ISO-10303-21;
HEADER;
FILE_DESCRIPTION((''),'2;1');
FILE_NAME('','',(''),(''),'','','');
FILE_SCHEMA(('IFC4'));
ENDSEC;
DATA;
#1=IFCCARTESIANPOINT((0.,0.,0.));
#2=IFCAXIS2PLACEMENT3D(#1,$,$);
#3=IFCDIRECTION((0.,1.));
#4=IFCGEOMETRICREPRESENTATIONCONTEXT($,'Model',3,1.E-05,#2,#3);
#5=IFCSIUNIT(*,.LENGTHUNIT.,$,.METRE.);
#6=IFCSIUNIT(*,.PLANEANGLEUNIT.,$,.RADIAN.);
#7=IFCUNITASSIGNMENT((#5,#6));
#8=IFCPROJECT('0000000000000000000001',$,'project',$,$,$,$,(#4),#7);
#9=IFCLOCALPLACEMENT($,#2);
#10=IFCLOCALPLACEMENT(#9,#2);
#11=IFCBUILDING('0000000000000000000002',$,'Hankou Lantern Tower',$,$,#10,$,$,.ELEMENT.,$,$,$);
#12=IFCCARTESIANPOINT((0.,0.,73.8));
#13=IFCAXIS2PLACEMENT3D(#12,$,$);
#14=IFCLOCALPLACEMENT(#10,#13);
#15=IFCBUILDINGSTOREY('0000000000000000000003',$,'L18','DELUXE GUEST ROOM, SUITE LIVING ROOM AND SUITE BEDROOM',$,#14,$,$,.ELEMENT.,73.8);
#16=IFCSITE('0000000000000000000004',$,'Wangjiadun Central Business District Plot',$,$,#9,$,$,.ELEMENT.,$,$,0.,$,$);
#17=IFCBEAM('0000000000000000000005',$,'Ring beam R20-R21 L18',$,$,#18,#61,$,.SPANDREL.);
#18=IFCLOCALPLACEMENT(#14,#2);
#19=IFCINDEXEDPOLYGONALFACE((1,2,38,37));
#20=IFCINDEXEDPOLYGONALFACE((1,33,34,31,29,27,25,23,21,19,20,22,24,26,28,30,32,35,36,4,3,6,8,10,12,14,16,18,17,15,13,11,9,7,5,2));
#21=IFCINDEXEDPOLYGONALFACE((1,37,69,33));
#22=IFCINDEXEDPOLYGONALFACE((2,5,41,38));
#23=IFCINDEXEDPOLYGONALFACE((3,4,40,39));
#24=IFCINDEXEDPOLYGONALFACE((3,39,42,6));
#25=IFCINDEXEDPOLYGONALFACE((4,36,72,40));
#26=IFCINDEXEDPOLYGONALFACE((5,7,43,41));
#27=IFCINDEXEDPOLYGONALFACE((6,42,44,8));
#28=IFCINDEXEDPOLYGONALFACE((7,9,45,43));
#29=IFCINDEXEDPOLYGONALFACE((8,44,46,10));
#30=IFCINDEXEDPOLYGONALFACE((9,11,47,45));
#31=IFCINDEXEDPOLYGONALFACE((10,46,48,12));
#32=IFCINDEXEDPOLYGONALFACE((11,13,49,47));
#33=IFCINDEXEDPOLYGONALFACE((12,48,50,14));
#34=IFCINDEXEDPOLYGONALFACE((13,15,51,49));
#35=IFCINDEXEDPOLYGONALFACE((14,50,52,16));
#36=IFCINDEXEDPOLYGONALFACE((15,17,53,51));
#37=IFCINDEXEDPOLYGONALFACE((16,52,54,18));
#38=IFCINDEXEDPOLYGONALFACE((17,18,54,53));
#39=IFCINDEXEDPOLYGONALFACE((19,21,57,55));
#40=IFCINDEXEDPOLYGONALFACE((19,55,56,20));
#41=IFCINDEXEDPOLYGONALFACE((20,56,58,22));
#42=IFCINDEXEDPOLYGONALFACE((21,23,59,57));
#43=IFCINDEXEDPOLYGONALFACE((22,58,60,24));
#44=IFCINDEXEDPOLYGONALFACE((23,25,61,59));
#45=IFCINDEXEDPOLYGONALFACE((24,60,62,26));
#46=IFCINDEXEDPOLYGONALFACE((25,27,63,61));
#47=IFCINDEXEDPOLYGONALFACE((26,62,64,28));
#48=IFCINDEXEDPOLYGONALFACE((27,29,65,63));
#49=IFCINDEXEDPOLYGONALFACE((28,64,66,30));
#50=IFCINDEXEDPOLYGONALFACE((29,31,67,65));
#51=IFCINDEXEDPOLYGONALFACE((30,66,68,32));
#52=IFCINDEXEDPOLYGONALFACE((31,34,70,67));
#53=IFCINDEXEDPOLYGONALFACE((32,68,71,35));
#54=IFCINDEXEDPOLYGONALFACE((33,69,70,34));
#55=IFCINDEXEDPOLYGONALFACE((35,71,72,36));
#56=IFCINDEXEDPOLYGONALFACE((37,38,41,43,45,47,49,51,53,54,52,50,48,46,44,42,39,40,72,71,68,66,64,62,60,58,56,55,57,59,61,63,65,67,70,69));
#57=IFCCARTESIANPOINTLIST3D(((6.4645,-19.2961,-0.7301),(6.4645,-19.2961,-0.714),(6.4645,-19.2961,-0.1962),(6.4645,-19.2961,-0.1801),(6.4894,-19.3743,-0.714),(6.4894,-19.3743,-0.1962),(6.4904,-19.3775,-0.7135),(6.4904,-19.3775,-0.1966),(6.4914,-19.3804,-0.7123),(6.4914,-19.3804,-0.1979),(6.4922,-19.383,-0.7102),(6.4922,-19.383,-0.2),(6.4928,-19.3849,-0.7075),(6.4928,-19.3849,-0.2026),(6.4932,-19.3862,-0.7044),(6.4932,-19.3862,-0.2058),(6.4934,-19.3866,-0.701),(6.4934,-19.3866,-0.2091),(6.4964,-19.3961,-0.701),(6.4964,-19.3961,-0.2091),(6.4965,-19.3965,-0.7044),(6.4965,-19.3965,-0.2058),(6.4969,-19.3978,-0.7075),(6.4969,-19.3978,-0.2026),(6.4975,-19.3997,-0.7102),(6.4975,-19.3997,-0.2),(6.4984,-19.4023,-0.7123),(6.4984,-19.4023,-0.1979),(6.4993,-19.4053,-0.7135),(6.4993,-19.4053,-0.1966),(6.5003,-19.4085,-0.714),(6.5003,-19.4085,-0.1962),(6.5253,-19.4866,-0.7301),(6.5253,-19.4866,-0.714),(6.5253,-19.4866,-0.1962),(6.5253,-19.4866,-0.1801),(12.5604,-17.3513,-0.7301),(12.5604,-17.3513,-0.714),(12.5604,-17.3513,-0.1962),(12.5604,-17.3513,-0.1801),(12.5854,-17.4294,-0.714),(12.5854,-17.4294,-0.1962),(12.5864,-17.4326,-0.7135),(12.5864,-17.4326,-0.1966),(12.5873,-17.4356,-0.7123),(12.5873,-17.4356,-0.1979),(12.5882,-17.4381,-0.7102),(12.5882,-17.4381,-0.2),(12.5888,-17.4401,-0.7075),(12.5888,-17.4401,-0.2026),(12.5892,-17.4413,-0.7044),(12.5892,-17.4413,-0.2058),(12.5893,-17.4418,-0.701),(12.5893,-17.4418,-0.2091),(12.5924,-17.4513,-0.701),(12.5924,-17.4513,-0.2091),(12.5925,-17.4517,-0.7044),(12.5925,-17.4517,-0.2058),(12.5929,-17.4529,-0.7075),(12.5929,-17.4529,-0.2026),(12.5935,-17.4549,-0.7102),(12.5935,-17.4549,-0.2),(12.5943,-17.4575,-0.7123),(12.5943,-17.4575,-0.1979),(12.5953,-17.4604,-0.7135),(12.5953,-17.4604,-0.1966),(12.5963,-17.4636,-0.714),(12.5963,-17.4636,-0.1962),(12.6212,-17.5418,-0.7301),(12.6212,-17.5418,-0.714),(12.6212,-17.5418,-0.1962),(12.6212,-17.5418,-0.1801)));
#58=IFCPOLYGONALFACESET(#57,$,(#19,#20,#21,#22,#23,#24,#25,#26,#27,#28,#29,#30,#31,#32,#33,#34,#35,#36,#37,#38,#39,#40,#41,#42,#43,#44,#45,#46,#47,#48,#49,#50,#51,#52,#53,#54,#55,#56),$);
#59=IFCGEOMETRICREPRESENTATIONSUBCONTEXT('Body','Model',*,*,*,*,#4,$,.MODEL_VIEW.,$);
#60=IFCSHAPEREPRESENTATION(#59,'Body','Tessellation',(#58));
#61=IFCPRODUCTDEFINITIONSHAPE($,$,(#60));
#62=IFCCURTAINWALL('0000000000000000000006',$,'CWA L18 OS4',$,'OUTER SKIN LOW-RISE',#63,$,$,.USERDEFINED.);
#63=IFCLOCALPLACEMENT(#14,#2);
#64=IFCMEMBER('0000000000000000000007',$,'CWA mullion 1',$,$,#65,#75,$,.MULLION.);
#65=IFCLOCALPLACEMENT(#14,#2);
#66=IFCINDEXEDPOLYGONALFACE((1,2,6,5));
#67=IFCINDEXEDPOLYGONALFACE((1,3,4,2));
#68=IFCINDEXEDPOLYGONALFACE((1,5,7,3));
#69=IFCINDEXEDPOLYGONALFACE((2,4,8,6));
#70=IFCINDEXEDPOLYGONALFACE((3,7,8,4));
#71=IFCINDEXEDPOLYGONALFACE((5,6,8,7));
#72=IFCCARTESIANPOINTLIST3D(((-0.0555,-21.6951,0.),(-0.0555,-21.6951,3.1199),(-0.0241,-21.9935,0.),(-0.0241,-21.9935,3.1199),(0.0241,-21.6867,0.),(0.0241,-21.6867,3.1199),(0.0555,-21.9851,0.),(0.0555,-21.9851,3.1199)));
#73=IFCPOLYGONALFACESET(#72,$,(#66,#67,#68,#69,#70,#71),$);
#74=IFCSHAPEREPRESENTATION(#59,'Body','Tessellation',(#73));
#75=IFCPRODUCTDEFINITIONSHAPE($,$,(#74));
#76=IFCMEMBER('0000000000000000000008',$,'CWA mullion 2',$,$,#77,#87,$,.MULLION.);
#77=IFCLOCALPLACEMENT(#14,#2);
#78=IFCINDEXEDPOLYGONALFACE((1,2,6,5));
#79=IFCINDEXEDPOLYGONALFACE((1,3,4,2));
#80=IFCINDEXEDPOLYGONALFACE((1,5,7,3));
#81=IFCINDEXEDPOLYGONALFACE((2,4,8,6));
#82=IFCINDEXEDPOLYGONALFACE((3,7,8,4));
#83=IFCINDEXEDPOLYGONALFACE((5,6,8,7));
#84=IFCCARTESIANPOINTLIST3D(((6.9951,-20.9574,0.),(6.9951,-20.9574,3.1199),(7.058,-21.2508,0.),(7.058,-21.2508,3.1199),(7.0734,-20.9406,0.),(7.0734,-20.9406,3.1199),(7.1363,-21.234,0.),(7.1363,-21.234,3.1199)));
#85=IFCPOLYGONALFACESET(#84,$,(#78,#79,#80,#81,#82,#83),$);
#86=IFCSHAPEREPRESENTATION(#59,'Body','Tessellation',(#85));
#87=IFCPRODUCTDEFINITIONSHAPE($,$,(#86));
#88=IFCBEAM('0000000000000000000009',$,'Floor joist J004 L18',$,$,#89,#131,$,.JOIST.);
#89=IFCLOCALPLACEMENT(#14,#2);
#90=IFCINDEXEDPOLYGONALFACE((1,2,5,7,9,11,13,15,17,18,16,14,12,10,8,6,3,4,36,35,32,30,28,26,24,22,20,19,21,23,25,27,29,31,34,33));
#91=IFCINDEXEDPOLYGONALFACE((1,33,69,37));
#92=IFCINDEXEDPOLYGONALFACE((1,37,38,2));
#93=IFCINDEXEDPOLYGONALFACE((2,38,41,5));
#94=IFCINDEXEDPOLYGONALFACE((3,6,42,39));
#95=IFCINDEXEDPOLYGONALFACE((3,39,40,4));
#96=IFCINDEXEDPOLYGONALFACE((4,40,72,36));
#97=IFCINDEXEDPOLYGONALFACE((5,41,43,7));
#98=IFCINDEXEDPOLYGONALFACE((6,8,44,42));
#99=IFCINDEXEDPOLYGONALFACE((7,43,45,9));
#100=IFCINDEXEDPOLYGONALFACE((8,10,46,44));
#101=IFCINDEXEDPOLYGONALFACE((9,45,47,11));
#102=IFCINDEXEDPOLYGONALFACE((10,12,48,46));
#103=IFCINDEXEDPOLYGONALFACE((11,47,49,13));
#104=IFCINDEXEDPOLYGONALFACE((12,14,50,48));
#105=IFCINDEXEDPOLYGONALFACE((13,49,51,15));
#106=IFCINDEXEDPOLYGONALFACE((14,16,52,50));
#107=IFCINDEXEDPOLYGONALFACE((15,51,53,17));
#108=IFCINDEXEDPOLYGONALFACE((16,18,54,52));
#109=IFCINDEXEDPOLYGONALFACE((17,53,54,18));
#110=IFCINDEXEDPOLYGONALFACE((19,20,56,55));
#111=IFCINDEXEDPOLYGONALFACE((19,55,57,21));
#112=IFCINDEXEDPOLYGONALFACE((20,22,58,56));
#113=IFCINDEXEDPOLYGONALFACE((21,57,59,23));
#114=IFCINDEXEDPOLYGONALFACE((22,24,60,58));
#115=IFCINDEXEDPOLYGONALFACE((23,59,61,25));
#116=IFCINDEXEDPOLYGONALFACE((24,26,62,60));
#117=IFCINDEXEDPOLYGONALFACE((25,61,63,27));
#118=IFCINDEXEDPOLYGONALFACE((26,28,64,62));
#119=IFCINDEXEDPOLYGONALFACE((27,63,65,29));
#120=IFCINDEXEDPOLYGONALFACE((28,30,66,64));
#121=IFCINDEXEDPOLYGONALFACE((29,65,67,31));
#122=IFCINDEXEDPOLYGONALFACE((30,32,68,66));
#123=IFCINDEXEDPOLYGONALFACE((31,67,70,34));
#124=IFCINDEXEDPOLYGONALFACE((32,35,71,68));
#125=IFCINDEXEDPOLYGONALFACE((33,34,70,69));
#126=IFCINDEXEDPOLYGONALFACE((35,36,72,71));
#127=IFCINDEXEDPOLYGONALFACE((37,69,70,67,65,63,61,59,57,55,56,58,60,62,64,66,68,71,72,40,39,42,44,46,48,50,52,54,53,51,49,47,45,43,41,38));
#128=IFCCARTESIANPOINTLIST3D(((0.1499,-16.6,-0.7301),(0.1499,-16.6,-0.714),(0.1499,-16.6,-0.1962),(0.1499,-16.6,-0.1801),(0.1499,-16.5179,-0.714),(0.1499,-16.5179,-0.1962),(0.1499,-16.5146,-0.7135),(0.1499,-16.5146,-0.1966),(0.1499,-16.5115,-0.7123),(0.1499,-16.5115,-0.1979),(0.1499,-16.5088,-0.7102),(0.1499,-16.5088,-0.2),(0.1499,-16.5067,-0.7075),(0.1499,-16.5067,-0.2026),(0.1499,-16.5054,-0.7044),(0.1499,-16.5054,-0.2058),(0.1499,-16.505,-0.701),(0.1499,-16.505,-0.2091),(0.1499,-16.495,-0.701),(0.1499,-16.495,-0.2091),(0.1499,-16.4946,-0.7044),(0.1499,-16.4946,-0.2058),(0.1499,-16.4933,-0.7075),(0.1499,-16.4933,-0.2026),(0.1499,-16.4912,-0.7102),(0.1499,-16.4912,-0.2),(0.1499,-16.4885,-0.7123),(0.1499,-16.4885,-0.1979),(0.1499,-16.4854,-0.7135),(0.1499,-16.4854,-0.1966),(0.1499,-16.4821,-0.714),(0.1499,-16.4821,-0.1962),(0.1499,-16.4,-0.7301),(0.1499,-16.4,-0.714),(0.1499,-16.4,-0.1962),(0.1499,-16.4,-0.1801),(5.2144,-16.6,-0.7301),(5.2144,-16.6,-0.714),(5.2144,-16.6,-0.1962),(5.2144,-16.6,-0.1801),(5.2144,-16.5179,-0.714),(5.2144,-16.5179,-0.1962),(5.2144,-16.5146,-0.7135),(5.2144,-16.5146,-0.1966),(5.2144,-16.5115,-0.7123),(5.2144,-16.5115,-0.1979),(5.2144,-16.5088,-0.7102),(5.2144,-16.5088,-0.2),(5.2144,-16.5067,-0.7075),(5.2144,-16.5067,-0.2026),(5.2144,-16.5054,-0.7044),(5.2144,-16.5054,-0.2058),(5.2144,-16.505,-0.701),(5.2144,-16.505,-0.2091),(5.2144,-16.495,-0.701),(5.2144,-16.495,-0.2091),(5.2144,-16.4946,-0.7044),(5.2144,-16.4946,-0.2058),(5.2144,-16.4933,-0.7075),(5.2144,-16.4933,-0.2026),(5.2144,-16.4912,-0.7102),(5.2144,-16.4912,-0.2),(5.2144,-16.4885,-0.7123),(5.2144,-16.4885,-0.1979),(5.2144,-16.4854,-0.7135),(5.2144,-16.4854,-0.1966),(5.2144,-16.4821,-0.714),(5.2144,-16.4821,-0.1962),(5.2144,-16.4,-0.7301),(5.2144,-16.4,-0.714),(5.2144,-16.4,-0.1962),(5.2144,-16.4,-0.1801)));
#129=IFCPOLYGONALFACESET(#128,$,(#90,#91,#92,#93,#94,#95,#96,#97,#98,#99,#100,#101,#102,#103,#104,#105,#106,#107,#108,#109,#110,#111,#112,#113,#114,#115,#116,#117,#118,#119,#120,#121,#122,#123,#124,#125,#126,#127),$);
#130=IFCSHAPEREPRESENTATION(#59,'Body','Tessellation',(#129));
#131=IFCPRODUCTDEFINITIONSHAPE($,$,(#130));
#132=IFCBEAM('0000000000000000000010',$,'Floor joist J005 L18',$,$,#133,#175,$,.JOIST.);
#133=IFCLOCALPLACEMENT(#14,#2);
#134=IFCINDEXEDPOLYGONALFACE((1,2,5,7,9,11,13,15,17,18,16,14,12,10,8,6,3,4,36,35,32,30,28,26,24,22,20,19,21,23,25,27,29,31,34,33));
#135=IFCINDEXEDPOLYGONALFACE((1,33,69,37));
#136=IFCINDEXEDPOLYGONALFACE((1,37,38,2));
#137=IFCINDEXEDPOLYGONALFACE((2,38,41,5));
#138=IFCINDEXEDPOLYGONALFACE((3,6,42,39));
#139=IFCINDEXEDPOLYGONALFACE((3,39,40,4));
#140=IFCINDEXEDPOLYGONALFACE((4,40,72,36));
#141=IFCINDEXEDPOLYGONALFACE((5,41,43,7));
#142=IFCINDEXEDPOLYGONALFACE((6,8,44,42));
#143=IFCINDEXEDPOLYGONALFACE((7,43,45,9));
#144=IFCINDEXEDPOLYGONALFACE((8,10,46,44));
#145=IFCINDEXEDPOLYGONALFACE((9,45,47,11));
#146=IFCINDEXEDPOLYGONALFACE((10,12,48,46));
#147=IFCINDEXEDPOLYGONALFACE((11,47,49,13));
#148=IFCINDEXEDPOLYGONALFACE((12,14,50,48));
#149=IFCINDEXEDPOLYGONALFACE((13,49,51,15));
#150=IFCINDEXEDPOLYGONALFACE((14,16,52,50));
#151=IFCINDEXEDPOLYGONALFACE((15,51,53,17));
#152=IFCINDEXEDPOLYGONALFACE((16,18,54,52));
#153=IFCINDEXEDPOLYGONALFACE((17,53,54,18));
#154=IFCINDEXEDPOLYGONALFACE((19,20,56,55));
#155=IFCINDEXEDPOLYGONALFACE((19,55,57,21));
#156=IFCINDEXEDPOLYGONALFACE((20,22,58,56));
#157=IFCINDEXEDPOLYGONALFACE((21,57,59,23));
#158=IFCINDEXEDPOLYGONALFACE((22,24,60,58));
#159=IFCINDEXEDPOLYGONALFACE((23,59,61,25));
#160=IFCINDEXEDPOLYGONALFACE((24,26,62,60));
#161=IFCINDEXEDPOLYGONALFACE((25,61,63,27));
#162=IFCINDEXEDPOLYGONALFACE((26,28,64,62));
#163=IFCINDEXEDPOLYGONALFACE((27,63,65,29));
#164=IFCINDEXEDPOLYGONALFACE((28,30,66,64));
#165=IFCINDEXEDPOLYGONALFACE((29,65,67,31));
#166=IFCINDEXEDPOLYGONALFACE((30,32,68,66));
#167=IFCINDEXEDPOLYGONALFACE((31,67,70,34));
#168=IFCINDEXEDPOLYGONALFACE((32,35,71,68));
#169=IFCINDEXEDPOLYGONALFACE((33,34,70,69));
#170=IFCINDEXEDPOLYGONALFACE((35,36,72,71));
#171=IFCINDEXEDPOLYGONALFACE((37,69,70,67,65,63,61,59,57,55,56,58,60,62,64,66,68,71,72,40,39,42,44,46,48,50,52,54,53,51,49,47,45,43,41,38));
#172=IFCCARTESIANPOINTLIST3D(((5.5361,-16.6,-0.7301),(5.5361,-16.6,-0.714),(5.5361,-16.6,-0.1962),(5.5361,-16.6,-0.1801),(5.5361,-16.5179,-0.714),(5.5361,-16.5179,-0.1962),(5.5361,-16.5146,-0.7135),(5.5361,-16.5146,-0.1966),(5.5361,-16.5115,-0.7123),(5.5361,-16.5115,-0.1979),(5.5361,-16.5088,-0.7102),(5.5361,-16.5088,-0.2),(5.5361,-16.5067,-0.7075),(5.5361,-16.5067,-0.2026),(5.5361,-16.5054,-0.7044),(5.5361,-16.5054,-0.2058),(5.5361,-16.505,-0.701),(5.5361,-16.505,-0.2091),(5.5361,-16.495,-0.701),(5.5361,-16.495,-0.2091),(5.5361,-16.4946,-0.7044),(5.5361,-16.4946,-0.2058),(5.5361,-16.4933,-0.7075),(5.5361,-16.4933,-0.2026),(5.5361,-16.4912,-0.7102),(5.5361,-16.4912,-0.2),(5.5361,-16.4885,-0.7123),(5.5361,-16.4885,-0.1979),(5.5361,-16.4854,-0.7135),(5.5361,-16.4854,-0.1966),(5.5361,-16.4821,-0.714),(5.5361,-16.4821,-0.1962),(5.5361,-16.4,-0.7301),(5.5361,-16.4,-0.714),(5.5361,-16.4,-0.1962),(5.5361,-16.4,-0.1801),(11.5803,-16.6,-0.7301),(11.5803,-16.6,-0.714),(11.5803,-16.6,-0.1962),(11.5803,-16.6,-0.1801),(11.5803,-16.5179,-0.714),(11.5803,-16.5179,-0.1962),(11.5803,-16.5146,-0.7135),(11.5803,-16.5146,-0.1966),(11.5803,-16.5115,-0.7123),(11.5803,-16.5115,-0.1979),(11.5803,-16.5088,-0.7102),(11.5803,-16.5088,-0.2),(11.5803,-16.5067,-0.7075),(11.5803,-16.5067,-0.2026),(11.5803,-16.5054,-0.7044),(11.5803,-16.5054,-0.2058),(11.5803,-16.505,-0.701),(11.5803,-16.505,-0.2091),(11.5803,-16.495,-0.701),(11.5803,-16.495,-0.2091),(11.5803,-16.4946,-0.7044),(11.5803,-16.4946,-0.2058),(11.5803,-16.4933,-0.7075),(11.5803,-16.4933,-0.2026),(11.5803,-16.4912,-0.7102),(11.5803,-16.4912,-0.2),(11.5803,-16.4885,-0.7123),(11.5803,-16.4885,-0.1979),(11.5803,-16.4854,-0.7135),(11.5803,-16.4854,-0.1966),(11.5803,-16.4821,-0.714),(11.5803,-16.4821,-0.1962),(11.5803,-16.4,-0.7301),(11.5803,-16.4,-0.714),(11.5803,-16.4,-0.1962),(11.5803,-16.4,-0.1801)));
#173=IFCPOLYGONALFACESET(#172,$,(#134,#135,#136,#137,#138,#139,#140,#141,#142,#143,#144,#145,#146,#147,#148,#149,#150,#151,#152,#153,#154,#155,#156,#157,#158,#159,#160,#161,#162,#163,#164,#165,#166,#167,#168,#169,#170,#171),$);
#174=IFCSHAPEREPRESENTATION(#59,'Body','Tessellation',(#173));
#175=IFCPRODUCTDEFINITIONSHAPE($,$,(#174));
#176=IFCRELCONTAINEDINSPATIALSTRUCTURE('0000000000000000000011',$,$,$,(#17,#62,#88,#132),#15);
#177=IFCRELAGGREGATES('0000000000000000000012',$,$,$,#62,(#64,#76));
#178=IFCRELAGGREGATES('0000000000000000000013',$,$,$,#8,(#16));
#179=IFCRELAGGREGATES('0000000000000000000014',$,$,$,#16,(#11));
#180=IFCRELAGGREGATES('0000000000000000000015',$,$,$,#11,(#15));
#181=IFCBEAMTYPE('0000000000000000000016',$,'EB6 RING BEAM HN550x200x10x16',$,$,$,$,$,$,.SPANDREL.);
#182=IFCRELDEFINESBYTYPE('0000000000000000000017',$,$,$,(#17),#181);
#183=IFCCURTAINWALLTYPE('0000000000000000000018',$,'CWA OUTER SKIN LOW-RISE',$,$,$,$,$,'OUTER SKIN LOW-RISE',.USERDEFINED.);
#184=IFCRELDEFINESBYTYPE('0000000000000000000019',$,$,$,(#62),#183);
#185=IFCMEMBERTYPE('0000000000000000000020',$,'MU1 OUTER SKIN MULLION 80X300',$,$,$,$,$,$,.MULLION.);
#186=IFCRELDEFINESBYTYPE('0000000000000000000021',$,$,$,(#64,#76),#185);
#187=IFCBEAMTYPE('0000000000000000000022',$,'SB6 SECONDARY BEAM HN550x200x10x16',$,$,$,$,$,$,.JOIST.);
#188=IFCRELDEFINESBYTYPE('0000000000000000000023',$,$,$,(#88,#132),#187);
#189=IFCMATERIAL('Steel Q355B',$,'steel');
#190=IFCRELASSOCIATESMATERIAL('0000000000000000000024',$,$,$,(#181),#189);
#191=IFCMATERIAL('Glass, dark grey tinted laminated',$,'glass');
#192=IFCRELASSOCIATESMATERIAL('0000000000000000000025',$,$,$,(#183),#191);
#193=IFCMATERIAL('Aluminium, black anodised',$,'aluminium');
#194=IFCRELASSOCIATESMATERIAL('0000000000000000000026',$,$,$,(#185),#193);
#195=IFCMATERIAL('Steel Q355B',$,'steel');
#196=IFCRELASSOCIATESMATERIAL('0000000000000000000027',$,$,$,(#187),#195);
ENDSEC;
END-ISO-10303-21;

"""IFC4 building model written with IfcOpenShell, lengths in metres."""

from ifc_helpers import new_model, si_unit, direction, frame, origin, origin_2d, place, context, subcontext, project, spatial, rectangle, i_section, extrude, material, material_profile, profile_set, type_object, element, aggregate, save


model = new_model("IFC4")

# Units and contexts
model_context = context("Model", 3, precision=1e-05, world=origin(), true_north=direction((0.0, 1.0)))
body_context = subcontext(model_context, "Body", "Model", "MODEL_VIEW")
ifc_project = project(units=[si_unit("LENGTHUNIT", "METRE"), si_unit("PLANEANGLEUNIT", "RADIAN")], contexts=[model_context])

# Site, building, storey
site_placement = place(None, origin())
site = spatial("IfcSite", under=ifc_project, at=site_placement, Name="Wangjiadun Central Business District Plot", CompositionType="ELEMENT", RefElevation=0.0)
building_placement = place(site_placement, origin())
building = spatial("IfcBuilding", under=site, at=building_placement, Name="Hankou Lantern Tower", CompositionType="ELEMENT")
storey_placement = place(building_placement, frame((0.0, 0.0, 73.8)))
storey = spatial("IfcBuildingStorey", under=building, at=storey_placement, Name="L18", Description="DELUXE GUEST ROOM, SUITE LIVING ROOM AND SUITE BEDROOM", CompositionType="ELEMENT", Elevation=73.8)

# Beam
ifc_material_1 = material(Name="Steel Q355B", Category="steel")
ifc_material_profile_1 = material_profile(ifc_material_1, i_section(OverallWidth=0.2, OverallDepth=0.55, WebThickness=0.01, FlangeThickness=0.0161, FilletRadius=0.0129, at=origin_2d()), Name="HN550x200x10x16")
ifc_profile_set_1 = profile_set([ifc_material_profile_1], Name="Steel Q355B")
beam_type_1 = type_object("IfcBeamType", Name="EB6 RING BEAM HN550x200x10x16", PredefinedType="SPANDREL", material=ifc_profile_set_1)
beam_1_placement = place(storey_placement, frame((6.4949, -19.3914, -0.4551), z_axis=(0.95269, 0.303942, 0.0), x_axis=(-0.303942, 0.95269, 0.0)))
element("IfcBeam", 1, at=beam_1_placement, inside=storey, type_object=beam_type_1, Name="Ring beam R20-R21 L18", PredefinedType="SPANDREL", context=body_context, shape_type="SweptSolid", body=[
    extrude(i_section(OverallWidth=0.2, OverallDepth=0.55, WebThickness=0.01, FlangeThickness=0.0161, FilletRadius=0.0129, at=origin_2d()), origin(), (0.0, 0.0, 1.0), 6.3987),
])

# Curtain wall, members
ifc_material_2 = material(Name="Glass, dark grey tinted laminated", Category="glass")
curtain_wall_type = type_object("IfcCurtainWallType", Name="CWA OUTER SKIN LOW-RISE", ElementType="OUTER SKIN LOW-RISE", PredefinedType="USERDEFINED", material=ifc_material_2)
curtain_wall_placement = place(storey_placement, origin())
curtain_wall = element("IfcCurtainWall", 2, at=curtain_wall_placement, inside=storey, type_object=curtain_wall_type, Name="CWA L18 OS4", ObjectType="OUTER SKIN LOW-RISE", PredefinedType="USERDEFINED")
ifc_material_3 = material(Name="Aluminium, black anodised", Category="aluminium")
ifc_material_profile_2 = material_profile(ifc_material_3, rectangle(XDim=0.0801, YDim=0.3, at=origin_2d()), Name="MU1 80X300")
ifc_profile_set_2 = profile_set([ifc_material_profile_2], Name="Aluminium, black anodised")
member_type_1 = type_object("IfcMemberType", Name="MU1 OUTER SKIN MULLION 80X300", PredefinedType="MULLION", material=ifc_profile_set_2)
member_1_placement = place(storey_placement, frame((0.0, -21.8401, 0.0), z_axis=(0.0, 0.0, 1.0), x_axis=(0.994499, 0.104743, 0.0)))
member_1 = element("IfcMember", 3, at=member_1_placement, type_object=member_type_1, Name="CWA mullion 1", PredefinedType="MULLION", context=body_context, shape_type="SweptSolid", body=[
    extrude(rectangle(XDim=0.0801, YDim=0.3, at=origin_2d()), origin(), (0.0, 0.0, 1.0), 3.1199),
])
member_2_placement = place(storey_placement, frame((7.0657, -21.0957, 0.0), z_axis=(0.0, 0.0, 1.0), x_axis=(0.977788, 0.209598, 0.0)))
member_2 = element("IfcMember", 4, at=member_2_placement, type_object=member_type_1, Name="CWA mullion 2", PredefinedType="MULLION", context=body_context, shape_type="SweptSolid", body=[
    extrude(rectangle(XDim=0.0801, YDim=0.3, at=origin_2d()), origin(), (0.0, 0.0, 1.0), 3.1199),
])

# Beams
ifc_material_4 = material(Name="Steel Q355B", Category="steel")
ifc_material_profile_3 = material_profile(ifc_material_4, i_section(OverallWidth=0.2, OverallDepth=0.55, WebThickness=0.01, FlangeThickness=0.0161, FilletRadius=0.0129, at=origin_2d()), Name="HN550x200x10x16")
ifc_profile_set_3 = profile_set([ifc_material_profile_3], Name="Steel Q355B")
beam_type_2 = type_object("IfcBeamType", Name="SB6 SECONDARY BEAM HN550x200x10x16", PredefinedType="JOIST", material=ifc_profile_set_3)
beam_2_placement = place(storey_placement, frame((0.1499, -16.5, -0.4551), z_axis=(1.0, 0.0, 0.0), x_axis=(0.0, 1.0, 0.0)))
element("IfcBeam", 5, at=beam_2_placement, inside=storey, type_object=beam_type_2, Name="Floor joist J004 L18", PredefinedType="JOIST", context=body_context, shape_type="SweptSolid", body=[
    extrude(i_section(OverallWidth=0.2, OverallDepth=0.55, WebThickness=0.01, FlangeThickness=0.0161, FilletRadius=0.0129, at=origin_2d()), origin(), (0.0, 0.0, 1.0), 5.0645),
])
beam_3_placement = place(storey_placement, frame((5.5361, -16.5, -0.4551), z_axis=(1.0, 0.0, 0.0), x_axis=(0.0, 1.0, 0.0)))
element("IfcBeam", 6, at=beam_3_placement, inside=storey, type_object=beam_type_2, Name="Floor joist J005 L18", PredefinedType="JOIST", context=body_context, shape_type="SweptSolid", body=[
    extrude(i_section(OverallWidth=0.2, OverallDepth=0.55, WebThickness=0.01, FlangeThickness=0.0161, FilletRadius=0.0129, at=origin_2d()), origin(), (0.0, 0.0, 1.0), 6.0442),
])

aggregate(curtain_wall, [member_1, member_2])

save(model, "model.ifc")
